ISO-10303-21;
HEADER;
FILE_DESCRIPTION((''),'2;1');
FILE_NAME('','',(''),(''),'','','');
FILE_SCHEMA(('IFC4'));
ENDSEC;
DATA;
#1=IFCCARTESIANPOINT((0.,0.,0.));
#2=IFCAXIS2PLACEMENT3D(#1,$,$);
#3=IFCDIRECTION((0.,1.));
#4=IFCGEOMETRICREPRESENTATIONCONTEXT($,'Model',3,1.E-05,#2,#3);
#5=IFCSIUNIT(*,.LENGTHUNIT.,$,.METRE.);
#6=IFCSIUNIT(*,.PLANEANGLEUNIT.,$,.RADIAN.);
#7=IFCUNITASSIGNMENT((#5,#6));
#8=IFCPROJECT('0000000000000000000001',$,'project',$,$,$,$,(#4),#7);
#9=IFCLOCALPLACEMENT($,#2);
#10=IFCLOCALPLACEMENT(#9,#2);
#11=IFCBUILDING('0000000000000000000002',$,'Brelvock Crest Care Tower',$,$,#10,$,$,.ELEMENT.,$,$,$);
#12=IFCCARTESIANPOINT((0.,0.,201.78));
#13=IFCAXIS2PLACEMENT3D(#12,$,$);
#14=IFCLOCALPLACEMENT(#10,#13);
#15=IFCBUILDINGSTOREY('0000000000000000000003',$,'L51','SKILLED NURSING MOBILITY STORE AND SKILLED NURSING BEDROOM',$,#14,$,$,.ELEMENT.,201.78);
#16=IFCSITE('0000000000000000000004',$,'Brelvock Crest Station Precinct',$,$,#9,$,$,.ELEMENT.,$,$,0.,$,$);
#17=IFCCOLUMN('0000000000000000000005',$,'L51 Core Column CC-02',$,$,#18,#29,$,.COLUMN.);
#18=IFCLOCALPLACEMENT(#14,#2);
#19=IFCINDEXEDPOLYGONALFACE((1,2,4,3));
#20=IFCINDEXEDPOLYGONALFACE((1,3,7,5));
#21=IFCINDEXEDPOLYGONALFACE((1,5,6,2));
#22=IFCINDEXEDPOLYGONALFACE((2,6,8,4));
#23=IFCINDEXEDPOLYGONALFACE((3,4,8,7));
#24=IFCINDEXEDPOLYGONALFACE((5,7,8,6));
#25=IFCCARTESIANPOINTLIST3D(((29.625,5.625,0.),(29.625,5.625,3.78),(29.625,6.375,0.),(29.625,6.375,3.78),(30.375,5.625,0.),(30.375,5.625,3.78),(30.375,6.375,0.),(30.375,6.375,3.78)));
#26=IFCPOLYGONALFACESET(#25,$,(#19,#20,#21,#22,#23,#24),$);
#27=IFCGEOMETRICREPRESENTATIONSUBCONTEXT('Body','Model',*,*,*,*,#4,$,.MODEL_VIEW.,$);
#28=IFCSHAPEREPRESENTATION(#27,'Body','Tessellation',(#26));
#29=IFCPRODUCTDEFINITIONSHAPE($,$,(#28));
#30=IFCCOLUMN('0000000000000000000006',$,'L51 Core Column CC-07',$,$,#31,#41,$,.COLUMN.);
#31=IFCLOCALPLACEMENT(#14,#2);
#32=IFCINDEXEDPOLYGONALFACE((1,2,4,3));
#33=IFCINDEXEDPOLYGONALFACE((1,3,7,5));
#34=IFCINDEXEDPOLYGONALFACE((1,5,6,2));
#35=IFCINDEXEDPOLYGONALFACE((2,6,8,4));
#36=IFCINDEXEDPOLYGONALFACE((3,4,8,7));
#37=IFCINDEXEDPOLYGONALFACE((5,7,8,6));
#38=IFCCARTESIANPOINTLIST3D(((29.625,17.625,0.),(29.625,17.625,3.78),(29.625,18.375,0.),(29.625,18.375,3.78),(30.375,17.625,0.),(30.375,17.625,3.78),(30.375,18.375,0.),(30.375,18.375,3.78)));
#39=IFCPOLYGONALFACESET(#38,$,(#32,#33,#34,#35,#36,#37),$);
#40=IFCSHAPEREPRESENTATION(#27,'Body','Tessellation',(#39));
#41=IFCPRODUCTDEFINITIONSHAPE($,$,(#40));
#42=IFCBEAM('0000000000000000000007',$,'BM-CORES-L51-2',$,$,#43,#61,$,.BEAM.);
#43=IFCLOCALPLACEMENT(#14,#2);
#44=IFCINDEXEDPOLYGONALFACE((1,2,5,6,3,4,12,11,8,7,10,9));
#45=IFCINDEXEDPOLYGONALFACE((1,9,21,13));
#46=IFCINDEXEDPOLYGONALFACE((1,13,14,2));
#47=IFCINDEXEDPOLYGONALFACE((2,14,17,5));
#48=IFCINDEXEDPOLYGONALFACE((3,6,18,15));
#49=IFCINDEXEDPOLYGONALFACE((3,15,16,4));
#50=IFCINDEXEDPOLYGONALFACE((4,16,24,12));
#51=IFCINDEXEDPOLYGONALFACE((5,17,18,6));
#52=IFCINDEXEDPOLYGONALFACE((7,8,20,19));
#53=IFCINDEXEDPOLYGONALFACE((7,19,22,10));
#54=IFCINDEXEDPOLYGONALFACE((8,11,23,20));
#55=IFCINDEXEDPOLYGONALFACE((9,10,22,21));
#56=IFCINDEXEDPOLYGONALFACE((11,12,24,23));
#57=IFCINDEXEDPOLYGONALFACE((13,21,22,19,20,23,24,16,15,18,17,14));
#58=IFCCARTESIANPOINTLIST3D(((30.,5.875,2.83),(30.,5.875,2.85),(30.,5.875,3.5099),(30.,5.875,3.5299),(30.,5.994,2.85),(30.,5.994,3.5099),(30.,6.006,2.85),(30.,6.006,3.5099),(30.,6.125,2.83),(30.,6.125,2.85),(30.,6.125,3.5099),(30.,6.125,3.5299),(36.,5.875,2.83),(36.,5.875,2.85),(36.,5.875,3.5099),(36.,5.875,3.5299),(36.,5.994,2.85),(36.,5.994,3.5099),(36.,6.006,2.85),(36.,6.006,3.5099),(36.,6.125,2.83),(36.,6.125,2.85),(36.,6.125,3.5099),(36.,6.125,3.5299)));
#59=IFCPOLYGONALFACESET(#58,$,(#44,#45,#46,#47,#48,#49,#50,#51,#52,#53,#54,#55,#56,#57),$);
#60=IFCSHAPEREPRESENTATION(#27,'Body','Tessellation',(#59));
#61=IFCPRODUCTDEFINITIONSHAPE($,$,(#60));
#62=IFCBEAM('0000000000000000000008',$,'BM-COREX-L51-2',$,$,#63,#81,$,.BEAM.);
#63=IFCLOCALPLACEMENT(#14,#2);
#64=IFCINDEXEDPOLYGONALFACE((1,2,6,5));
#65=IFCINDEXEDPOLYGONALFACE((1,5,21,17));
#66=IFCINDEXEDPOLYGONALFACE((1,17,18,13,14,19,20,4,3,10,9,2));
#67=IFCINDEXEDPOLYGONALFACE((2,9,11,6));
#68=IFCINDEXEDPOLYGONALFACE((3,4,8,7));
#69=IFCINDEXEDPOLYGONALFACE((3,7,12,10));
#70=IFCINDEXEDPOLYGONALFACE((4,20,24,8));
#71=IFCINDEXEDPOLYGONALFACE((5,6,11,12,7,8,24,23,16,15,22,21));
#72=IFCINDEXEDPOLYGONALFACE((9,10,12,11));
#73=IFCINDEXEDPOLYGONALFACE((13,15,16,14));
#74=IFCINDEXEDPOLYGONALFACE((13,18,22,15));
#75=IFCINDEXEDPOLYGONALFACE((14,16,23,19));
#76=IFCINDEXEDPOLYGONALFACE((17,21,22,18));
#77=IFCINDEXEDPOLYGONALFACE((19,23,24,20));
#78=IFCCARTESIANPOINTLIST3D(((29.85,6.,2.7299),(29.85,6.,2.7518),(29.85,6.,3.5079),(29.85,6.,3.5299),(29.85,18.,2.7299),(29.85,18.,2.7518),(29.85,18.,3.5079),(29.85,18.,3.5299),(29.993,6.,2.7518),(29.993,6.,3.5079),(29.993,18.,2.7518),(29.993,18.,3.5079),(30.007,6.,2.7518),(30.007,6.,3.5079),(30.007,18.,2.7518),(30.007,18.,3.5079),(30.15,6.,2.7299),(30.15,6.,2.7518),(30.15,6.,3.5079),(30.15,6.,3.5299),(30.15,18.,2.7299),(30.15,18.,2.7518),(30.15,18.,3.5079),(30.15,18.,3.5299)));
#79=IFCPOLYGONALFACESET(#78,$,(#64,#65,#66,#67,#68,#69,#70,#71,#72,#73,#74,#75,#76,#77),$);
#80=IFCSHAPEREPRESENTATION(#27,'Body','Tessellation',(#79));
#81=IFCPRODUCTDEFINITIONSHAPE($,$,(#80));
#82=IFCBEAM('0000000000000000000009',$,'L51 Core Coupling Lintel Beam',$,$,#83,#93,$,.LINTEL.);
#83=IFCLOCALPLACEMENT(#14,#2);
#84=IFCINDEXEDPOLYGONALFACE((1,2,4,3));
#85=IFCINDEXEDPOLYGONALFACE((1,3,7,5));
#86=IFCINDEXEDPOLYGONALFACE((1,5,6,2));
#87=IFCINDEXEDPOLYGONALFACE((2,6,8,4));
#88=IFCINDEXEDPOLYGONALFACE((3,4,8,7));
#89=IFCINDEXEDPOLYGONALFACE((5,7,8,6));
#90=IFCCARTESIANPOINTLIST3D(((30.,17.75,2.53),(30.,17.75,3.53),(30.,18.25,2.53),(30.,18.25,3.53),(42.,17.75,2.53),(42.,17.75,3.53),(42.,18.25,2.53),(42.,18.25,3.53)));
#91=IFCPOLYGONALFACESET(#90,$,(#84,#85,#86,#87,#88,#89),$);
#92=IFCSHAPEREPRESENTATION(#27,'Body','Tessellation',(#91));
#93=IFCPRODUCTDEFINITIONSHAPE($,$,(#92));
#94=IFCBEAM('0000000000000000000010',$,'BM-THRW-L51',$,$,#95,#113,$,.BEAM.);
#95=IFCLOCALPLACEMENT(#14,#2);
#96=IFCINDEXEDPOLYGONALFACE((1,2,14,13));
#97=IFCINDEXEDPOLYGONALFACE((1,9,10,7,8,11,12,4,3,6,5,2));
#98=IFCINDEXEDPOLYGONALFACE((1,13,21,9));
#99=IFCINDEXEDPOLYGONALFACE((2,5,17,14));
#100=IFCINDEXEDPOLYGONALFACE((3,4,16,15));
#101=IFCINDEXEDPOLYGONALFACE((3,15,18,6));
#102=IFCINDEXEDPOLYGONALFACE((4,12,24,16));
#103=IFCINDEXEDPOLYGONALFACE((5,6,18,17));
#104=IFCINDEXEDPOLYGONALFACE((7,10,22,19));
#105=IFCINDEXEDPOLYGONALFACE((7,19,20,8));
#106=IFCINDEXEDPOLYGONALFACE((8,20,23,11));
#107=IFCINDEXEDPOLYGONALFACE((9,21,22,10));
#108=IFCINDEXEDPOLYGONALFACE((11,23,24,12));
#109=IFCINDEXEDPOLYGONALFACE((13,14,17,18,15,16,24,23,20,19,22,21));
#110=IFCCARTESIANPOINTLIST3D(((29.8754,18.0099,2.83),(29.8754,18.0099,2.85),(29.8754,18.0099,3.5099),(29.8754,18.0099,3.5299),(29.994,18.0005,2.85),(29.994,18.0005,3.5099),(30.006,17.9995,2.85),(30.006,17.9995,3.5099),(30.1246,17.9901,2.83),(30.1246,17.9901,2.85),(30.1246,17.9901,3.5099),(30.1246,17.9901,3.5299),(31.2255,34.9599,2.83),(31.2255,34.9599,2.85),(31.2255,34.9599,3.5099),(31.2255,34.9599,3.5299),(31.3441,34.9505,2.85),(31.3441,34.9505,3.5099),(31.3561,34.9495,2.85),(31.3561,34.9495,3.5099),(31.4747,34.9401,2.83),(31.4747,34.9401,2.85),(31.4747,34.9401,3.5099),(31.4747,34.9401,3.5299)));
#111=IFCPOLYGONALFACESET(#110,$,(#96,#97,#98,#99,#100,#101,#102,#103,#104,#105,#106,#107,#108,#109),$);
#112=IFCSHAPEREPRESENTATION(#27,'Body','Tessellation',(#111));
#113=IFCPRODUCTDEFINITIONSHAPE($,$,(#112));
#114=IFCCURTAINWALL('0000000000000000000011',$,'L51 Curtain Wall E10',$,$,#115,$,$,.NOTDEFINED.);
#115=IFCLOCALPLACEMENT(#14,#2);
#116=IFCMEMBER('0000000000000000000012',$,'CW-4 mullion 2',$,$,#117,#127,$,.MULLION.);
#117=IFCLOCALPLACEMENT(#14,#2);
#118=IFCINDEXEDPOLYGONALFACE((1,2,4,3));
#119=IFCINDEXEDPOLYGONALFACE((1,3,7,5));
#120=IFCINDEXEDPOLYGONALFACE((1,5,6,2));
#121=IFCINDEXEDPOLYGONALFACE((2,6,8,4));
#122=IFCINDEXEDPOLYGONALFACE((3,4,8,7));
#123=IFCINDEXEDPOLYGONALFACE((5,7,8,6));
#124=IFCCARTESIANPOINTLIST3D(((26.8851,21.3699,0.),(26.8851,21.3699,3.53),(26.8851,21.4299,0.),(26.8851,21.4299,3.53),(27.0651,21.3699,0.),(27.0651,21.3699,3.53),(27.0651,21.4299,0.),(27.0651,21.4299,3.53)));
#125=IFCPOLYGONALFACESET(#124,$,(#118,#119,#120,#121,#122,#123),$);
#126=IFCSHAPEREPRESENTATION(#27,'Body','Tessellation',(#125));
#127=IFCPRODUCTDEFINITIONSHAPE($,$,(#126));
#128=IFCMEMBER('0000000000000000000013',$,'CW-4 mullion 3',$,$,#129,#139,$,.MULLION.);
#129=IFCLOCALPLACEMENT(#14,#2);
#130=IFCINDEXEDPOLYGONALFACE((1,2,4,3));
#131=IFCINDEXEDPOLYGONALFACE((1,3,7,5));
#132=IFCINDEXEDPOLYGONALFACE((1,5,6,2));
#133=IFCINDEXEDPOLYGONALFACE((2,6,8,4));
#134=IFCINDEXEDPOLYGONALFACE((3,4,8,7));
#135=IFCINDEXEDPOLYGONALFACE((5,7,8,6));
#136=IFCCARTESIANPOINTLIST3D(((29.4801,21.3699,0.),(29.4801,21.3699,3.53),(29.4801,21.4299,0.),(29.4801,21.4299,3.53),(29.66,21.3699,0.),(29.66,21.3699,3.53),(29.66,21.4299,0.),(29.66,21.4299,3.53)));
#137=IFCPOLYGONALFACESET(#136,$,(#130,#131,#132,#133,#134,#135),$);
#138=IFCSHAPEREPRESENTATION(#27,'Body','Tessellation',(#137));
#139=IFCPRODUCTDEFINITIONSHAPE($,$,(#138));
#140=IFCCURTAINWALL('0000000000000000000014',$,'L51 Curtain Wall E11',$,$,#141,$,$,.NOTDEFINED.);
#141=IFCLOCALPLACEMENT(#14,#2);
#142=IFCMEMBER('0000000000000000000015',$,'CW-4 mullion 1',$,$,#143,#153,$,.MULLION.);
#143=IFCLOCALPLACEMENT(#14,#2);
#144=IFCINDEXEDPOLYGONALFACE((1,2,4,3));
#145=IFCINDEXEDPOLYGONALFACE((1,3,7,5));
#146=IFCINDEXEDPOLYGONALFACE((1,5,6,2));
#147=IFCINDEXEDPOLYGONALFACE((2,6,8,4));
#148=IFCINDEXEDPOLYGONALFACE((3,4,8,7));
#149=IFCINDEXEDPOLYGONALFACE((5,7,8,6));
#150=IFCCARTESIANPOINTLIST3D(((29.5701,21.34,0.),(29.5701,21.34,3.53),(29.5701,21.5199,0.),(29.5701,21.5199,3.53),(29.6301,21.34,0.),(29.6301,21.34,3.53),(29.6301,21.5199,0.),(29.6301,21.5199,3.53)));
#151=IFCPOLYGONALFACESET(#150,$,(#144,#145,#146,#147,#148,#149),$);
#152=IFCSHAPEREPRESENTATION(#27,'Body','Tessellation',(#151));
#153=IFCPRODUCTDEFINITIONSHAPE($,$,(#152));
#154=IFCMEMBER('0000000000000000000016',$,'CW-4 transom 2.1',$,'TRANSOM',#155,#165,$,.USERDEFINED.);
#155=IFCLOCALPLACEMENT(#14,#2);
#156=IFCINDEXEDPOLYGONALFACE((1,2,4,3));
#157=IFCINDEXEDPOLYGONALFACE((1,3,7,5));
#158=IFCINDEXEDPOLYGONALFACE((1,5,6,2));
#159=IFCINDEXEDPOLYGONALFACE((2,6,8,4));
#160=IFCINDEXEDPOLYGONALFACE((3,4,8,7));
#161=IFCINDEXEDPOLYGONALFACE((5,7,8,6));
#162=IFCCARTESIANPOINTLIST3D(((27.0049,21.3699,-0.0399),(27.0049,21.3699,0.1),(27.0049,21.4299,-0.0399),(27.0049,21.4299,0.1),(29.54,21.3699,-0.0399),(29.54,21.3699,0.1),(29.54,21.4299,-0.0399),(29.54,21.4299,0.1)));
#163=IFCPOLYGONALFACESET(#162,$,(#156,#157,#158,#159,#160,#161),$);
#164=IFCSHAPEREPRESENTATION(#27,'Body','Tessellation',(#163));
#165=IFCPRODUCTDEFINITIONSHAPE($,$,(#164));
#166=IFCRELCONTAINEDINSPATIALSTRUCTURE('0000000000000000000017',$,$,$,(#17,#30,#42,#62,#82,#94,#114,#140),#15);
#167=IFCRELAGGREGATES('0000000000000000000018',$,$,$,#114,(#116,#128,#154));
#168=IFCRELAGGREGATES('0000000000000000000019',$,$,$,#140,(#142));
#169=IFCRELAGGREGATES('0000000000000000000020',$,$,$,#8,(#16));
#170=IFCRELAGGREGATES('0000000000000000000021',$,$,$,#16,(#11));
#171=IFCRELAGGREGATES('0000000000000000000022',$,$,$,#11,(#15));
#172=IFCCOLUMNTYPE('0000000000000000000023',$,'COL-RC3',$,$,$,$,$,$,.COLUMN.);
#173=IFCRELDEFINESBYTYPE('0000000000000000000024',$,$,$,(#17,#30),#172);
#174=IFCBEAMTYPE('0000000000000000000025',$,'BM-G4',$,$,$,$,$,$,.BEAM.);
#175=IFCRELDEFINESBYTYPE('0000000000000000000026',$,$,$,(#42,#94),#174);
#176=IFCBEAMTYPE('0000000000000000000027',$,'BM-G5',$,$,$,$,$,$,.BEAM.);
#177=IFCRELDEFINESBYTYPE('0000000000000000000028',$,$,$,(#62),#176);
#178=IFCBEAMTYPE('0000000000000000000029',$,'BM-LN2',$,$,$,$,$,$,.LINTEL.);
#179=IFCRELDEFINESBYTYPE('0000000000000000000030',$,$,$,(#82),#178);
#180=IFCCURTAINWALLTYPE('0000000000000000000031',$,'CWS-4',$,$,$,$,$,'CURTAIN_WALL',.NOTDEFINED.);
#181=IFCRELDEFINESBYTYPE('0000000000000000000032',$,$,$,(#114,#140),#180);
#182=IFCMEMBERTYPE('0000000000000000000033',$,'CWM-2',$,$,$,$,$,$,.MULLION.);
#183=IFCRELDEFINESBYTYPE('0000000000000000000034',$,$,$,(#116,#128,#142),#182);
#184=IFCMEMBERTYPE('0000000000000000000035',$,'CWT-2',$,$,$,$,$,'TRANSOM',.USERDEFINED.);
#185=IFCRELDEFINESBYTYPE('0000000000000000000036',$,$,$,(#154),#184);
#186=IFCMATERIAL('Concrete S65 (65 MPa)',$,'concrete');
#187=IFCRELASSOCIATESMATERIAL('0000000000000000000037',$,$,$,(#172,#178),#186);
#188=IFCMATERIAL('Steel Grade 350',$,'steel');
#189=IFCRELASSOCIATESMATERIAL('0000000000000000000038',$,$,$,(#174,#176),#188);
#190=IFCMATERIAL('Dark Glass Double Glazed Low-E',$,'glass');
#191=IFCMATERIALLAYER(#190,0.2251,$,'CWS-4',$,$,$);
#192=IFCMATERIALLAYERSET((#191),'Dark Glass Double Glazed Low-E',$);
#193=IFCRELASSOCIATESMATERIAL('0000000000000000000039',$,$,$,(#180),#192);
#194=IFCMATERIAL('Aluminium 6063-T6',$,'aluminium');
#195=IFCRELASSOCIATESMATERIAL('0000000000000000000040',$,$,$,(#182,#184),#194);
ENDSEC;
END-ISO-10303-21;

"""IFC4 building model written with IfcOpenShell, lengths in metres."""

from ifc_helpers import new_model, si_unit, direction, frame, origin, origin_2d, place, context, subcontext, project, spatial, rectangle, i_section, extrude, source, transform, mapped, material, layer, layer_set, material_profile, profile_set, type_object, element, aggregate, save


model = new_model("IFC4")

# Units and contexts
model_context = context("Model", 3, precision=1e-05, world=origin(), true_north=direction((0.0, 1.0)))
body_context = subcontext(model_context, "Body", "Model", "MODEL_VIEW")
ifc_project = project(units=[si_unit("LENGTHUNIT", "METRE"), si_unit("PLANEANGLEUNIT", "RADIAN")], contexts=[model_context])

# Site, building, storey
site_placement = place(None, origin())
site = spatial("IfcSite", under=ifc_project, at=site_placement, Name="Brelvock Crest Station Precinct", CompositionType="ELEMENT", RefElevation=0.0)
building_placement = place(site_placement, origin())
building = spatial("IfcBuilding", under=site, at=building_placement, Name="Brelvock Crest Care Tower", CompositionType="ELEMENT")
storey_placement = place(building_placement, frame((0.0, 0.0, 201.78)))
storey = spatial("IfcBuildingStorey", under=building, at=storey_placement, Name="L51", Description="SKILLED NURSING MOBILITY STORE AND SKILLED NURSING BEDROOM", CompositionType="ELEMENT", Elevation=201.78)

# Columns
ifc_material_1 = material(Name="Concrete S65 (65 MPa)", Category="concrete")
ifc_material_profile_1 = material_profile(ifc_material_1, rectangle(XDim=0.75, YDim=0.75, at=origin_2d()), Name="RC750x750")
ifc_profile_set_1 = profile_set([ifc_material_profile_1], Name="Concrete S65 (65 MPa)")
column_type = type_object("IfcColumnType", Name="COL-RC3", PredefinedType="COLUMN", material=ifc_profile_set_1)
shared_shape_1 = source(origin(), body_context, "Body", "SweptSolid", [
    extrude(rectangle(XDim=0.75, YDim=0.75, at=origin_2d()), origin(), (0.0, 0.0, 1.0), 3.78),
])
for number, where, z_axis, x_axis, name in (
    (1, (30.0, 6.0, 0.0), (0.0, 0.0, 1.0), (1.0, 0.0, 0.0), "L51 Core Column CC-02"),
    (2, (30.0, 18.0, 0.0), (0.0, 0.0, 1.0), (1.0, 0.0, 0.0), "L51 Core Column CC-07"),
):
    element("IfcColumn", number, at=place(storey_placement, frame(where, z_axis=z_axis, x_axis=x_axis)), inside=storey, type_object=column_type, Name=name, PredefinedType="COLUMN", context=body_context, shape_type="MappedRepresentation", body=[
        mapped(shared_shape_1, transform((0.0, 0.0, 0.0), x_axis=(1.0, 0.0, 0.0), y_axis=(0.0, 1.0, 0.0), z_axis=(0.0, 0.0, 1.0), scale=1.0)),
    ])

# Beams
ifc_material_2 = material(Name="Steel Grade 350", Category="steel")
ifc_material_profile_2 = material_profile(ifc_material_2, i_section(OverallWidth=0.25, OverallDepth=0.7, WebThickness=0.012, FlangeThickness=0.02, at=origin_2d()), Name="700WB150")
ifc_profile_set_2 = profile_set([ifc_material_profile_2], Name="Steel Grade 350")
beam_type_1 = type_object("IfcBeamType", Name="BM-G4", PredefinedType="BEAM", material=ifc_profile_set_2)
shared_shape_2 = source(origin(), body_context, "Body", "SweptSolid", [
    extrude(i_section(OverallWidth=0.25, OverallDepth=0.7, WebThickness=0.012, FlangeThickness=0.02, at=origin_2d()), origin(), (0.0, 0.0, 1.0), 6.0),
])
beam_1_placement = place(storey_placement, frame((30.0, 6.0, 3.1799), z_axis=(1.0, 0.0, 0.0), x_axis=(0.0, 1.0, 0.0)))
element("IfcBeam", 3, at=beam_1_placement, inside=storey, type_object=beam_type_1, Name="BM-CORES-L51-2", PredefinedType="BEAM", context=body_context, shape_type="MappedRepresentation", body=[
    mapped(shared_shape_2, transform((0.0, 0.0, 0.0), x_axis=(1.0, 0.0, 0.0), y_axis=(0.0, 1.0, 0.0), z_axis=(0.0, 0.0, 1.0), scale=1.0)),
])
ifc_material_profile_3 = material_profile(ifc_material_2, i_section(OverallWidth=0.3, OverallDepth=0.8, WebThickness=0.0139, FlangeThickness=0.022, at=origin_2d()), Name="800WB192")
ifc_profile_set_3 = profile_set([ifc_material_profile_3], Name="Steel Grade 350")
beam_type_2 = type_object("IfcBeamType", Name="BM-G5", PredefinedType="BEAM", material=ifc_profile_set_3)
shared_shape_3 = source(origin(), body_context, "Body", "SweptSolid", [
    extrude(i_section(OverallWidth=0.3, OverallDepth=0.8, WebThickness=0.0139, FlangeThickness=0.022, at=origin_2d()), origin(), (0.0, 0.0, 1.0), 12.0),
])
beam_2_placement = place(storey_placement, frame((30.0, 6.0, 3.1299), z_axis=(0.0, 1.0, 0.0), x_axis=(-1.0, 0.0, 0.0)))
element("IfcBeam", 4, at=beam_2_placement, inside=storey, type_object=beam_type_2, Name="BM-COREX-L51-2", PredefinedType="BEAM", context=body_context, shape_type="MappedRepresentation", body=[
    mapped(shared_shape_3, transform((0.0, 0.0, 0.0), x_axis=(1.0, 0.0, 0.0), y_axis=(0.0, 1.0, 0.0), z_axis=(0.0, 0.0, 1.0), scale=1.0)),
])
ifc_material_profile_4 = material_profile(ifc_material_1, rectangle(XDim=0.5, YDim=1.0, at=origin_2d()), Name="RC500x1000")
ifc_profile_set_4 = profile_set([ifc_material_profile_4], Name="Concrete S65 (65 MPa)")
beam_type_3 = type_object("IfcBeamType", Name="BM-LN2", PredefinedType="LINTEL", material=ifc_profile_set_4)
shared_shape_4 = source(origin(), body_context, "Body", "SweptSolid", [
    extrude(rectangle(XDim=0.5, YDim=1.0, at=origin_2d()), origin(), (0.0, 0.0, 1.0), 12.0),
])
beam_3_placement = place(storey_placement, frame((30.0, 18.0, 3.03), z_axis=(1.0, 0.0, 0.0), x_axis=(0.0, 1.0, 0.0)))
element("IfcBeam", 5, at=beam_3_placement, inside=storey, type_object=beam_type_3, Name="L51 Core Coupling Lintel Beam", PredefinedType="LINTEL", context=body_context, shape_type="MappedRepresentation", body=[
    mapped(shared_shape_4, transform((0.0, 0.0, 0.0), x_axis=(1.0, 0.0, 0.0), y_axis=(0.0, 1.0, 0.0), z_axis=(0.0, 0.0, 1.0), scale=1.0)),
])
shared_shape_5 = source(origin(), body_context, "Body", "SweptSolid", [
    extrude(i_section(OverallWidth=0.25, OverallDepth=0.7, WebThickness=0.012, FlangeThickness=0.02, at=origin_2d()), origin(), (0.0, 0.0, 1.0), 17.0037),
])
beam_4_placement = place(storey_placement, frame((30.0, 18.0, 3.1799), z_axis=(0.079401, 0.996843, 0.0), x_axis=(-0.996843, 0.079401, 0.0)))
element("IfcBeam", 6, at=beam_4_placement, inside=storey, type_object=beam_type_1, Name="BM-THRW-L51", PredefinedType="BEAM", context=body_context, shape_type="MappedRepresentation", body=[
    mapped(shared_shape_5, transform((0.0, 0.0, 0.0), x_axis=(1.0, 0.0, 0.0), y_axis=(0.0, 1.0, 0.0), z_axis=(0.0, 0.0, 1.0), scale=1.0)),
])

# Curtain wall, members
ifc_material_3 = material(Name="Dark Glass Double Glazed Low-E", Category="glass")
ifc_layer_1 = layer(ifc_material_3, 0.2251, Name="CWS-4")
ifc_layer_set_1 = layer_set([ifc_layer_1], Name="Dark Glass Double Glazed Low-E")
curtain_wall_type = type_object("IfcCurtainWallType", Name="CWS-4", ElementType="CURTAIN_WALL", PredefinedType="NOTDEFINED", material=ifc_layer_set_1)
curtain_wall_1_placement = place(storey_placement, origin())
curtain_wall_1 = element("IfcCurtainWall", 7, at=curtain_wall_1_placement, inside=storey, type_object=curtain_wall_type, Name="L51 Curtain Wall E10", PredefinedType="NOTDEFINED")
ifc_material_4 = material(Name="Aluminium 6063-T6", Category="aluminium")
ifc_material_profile_5 = material_profile(ifc_material_4, rectangle(XDim=0.0601, YDim=0.1799, at=origin_2d()), Name="ALU60x180")
ifc_profile_set_5 = profile_set([ifc_material_profile_5], Name="Aluminium 6063-T6")
member_type_1 = type_object("IfcMemberType", Name="CWM-2", PredefinedType="MULLION", material=ifc_profile_set_5)
shared_shape_6 = source(origin(), body_context, "Body", "SweptSolid", [
    extrude(rectangle(XDim=0.0601, YDim=0.1799, at=origin_2d()), origin(), (0.0, 0.0, 1.0), 3.53),
])
member_1_placement = place(storey_placement, frame((26.9751, 21.3999, 0.0), z_axis=(0.0, 0.0, 1.0), x_axis=(0.0, 1.0, 0.0)))
member_1 = element("IfcMember", 8, at=member_1_placement, type_object=member_type_1, Name="CW-4 mullion 2", PredefinedType="MULLION", context=body_context, shape_type="MappedRepresentation", body=[
    mapped(shared_shape_6, transform((0.0, 0.0, 0.0), x_axis=(1.0, 0.0, 0.0), y_axis=(0.0, 1.0, 0.0), z_axis=(0.0, 0.0, 1.0), scale=1.0)),
])
member_2_placement = place(storey_placement, frame((29.5701, 21.3999, 0.0), z_axis=(0.0, 0.0, 1.0), x_axis=(0.0, 1.0, 0.0)))
member_2 = element("IfcMember", 9, at=member_2_placement, type_object=member_type_1, Name="CW-4 mullion 3", PredefinedType="MULLION", context=body_context, shape_type="MappedRepresentation", body=[
    mapped(shared_shape_6, transform((0.0, 0.0, 0.0), x_axis=(1.0, 0.0, 0.0), y_axis=(0.0, 1.0, 0.0), z_axis=(0.0, 0.0, 1.0), scale=1.0)),
])

# Curtain wall, member
curtain_wall_2_placement = place(storey_placement, origin())
curtain_wall_2 = element("IfcCurtainWall", 10, at=curtain_wall_2_placement, inside=storey, type_object=curtain_wall_type, Name="L51 Curtain Wall E11", PredefinedType="NOTDEFINED")
member_3_placement = place(storey_placement, frame((29.6001, 21.4299, 0.0), z_axis=(0.0, 0.0, 1.0), x_axis=(-1.0, 0.0, 0.0)))
member_3 = element("IfcMember", 11, at=member_3_placement, type_object=member_type_1, Name="CW-4 mullion 1", PredefinedType="MULLION", context=body_context, shape_type="MappedRepresentation", body=[
    mapped(shared_shape_6, transform((0.0, 0.0, 0.0), x_axis=(1.0, 0.0, 0.0), y_axis=(0.0, 1.0, 0.0), z_axis=(0.0, 0.0, 1.0), scale=1.0)),
])

# Member
ifc_material_profile_6 = material_profile(ifc_material_4, rectangle(XDim=0.0601, YDim=0.1399, at=origin_2d()), Name="ALU60x140")
ifc_profile_set_6 = profile_set([ifc_material_profile_6], Name="Aluminium 6063-T6")
member_type_2 = type_object("IfcMemberType", Name="CWT-2", ElementType="TRANSOM", PredefinedType="USERDEFINED", material=ifc_profile_set_6)
shared_shape_7 = source(origin(), body_context, "Body", "SweptSolid", [
    extrude(rectangle(XDim=0.0601, YDim=0.1399, at=origin_2d()), origin(), (0.0, 0.0, 1.0), 2.5352),
])
member_4_placement = place(storey_placement, frame((27.0049, 21.3999, 0.03), z_axis=(1.0, 0.0, 0.0), x_axis=(0.0, 1.0, 0.0)))
member_4 = element("IfcMember", 12, at=member_4_placement, type_object=member_type_2, Name="CW-4 transom 2.1", ObjectType="TRANSOM", PredefinedType="USERDEFINED", context=body_context, shape_type="MappedRepresentation", body=[
    mapped(shared_shape_7, transform((0.0, 0.0, 0.0), x_axis=(1.0, 0.0, 0.0), y_axis=(0.0, 1.0, 0.0), z_axis=(0.0, 0.0, 1.0), scale=1.0)),
])

aggregate(curtain_wall_1, [member_1, member_2, member_4])
aggregate(curtain_wall_2, [member_3])

save(model, "model.ifc")
